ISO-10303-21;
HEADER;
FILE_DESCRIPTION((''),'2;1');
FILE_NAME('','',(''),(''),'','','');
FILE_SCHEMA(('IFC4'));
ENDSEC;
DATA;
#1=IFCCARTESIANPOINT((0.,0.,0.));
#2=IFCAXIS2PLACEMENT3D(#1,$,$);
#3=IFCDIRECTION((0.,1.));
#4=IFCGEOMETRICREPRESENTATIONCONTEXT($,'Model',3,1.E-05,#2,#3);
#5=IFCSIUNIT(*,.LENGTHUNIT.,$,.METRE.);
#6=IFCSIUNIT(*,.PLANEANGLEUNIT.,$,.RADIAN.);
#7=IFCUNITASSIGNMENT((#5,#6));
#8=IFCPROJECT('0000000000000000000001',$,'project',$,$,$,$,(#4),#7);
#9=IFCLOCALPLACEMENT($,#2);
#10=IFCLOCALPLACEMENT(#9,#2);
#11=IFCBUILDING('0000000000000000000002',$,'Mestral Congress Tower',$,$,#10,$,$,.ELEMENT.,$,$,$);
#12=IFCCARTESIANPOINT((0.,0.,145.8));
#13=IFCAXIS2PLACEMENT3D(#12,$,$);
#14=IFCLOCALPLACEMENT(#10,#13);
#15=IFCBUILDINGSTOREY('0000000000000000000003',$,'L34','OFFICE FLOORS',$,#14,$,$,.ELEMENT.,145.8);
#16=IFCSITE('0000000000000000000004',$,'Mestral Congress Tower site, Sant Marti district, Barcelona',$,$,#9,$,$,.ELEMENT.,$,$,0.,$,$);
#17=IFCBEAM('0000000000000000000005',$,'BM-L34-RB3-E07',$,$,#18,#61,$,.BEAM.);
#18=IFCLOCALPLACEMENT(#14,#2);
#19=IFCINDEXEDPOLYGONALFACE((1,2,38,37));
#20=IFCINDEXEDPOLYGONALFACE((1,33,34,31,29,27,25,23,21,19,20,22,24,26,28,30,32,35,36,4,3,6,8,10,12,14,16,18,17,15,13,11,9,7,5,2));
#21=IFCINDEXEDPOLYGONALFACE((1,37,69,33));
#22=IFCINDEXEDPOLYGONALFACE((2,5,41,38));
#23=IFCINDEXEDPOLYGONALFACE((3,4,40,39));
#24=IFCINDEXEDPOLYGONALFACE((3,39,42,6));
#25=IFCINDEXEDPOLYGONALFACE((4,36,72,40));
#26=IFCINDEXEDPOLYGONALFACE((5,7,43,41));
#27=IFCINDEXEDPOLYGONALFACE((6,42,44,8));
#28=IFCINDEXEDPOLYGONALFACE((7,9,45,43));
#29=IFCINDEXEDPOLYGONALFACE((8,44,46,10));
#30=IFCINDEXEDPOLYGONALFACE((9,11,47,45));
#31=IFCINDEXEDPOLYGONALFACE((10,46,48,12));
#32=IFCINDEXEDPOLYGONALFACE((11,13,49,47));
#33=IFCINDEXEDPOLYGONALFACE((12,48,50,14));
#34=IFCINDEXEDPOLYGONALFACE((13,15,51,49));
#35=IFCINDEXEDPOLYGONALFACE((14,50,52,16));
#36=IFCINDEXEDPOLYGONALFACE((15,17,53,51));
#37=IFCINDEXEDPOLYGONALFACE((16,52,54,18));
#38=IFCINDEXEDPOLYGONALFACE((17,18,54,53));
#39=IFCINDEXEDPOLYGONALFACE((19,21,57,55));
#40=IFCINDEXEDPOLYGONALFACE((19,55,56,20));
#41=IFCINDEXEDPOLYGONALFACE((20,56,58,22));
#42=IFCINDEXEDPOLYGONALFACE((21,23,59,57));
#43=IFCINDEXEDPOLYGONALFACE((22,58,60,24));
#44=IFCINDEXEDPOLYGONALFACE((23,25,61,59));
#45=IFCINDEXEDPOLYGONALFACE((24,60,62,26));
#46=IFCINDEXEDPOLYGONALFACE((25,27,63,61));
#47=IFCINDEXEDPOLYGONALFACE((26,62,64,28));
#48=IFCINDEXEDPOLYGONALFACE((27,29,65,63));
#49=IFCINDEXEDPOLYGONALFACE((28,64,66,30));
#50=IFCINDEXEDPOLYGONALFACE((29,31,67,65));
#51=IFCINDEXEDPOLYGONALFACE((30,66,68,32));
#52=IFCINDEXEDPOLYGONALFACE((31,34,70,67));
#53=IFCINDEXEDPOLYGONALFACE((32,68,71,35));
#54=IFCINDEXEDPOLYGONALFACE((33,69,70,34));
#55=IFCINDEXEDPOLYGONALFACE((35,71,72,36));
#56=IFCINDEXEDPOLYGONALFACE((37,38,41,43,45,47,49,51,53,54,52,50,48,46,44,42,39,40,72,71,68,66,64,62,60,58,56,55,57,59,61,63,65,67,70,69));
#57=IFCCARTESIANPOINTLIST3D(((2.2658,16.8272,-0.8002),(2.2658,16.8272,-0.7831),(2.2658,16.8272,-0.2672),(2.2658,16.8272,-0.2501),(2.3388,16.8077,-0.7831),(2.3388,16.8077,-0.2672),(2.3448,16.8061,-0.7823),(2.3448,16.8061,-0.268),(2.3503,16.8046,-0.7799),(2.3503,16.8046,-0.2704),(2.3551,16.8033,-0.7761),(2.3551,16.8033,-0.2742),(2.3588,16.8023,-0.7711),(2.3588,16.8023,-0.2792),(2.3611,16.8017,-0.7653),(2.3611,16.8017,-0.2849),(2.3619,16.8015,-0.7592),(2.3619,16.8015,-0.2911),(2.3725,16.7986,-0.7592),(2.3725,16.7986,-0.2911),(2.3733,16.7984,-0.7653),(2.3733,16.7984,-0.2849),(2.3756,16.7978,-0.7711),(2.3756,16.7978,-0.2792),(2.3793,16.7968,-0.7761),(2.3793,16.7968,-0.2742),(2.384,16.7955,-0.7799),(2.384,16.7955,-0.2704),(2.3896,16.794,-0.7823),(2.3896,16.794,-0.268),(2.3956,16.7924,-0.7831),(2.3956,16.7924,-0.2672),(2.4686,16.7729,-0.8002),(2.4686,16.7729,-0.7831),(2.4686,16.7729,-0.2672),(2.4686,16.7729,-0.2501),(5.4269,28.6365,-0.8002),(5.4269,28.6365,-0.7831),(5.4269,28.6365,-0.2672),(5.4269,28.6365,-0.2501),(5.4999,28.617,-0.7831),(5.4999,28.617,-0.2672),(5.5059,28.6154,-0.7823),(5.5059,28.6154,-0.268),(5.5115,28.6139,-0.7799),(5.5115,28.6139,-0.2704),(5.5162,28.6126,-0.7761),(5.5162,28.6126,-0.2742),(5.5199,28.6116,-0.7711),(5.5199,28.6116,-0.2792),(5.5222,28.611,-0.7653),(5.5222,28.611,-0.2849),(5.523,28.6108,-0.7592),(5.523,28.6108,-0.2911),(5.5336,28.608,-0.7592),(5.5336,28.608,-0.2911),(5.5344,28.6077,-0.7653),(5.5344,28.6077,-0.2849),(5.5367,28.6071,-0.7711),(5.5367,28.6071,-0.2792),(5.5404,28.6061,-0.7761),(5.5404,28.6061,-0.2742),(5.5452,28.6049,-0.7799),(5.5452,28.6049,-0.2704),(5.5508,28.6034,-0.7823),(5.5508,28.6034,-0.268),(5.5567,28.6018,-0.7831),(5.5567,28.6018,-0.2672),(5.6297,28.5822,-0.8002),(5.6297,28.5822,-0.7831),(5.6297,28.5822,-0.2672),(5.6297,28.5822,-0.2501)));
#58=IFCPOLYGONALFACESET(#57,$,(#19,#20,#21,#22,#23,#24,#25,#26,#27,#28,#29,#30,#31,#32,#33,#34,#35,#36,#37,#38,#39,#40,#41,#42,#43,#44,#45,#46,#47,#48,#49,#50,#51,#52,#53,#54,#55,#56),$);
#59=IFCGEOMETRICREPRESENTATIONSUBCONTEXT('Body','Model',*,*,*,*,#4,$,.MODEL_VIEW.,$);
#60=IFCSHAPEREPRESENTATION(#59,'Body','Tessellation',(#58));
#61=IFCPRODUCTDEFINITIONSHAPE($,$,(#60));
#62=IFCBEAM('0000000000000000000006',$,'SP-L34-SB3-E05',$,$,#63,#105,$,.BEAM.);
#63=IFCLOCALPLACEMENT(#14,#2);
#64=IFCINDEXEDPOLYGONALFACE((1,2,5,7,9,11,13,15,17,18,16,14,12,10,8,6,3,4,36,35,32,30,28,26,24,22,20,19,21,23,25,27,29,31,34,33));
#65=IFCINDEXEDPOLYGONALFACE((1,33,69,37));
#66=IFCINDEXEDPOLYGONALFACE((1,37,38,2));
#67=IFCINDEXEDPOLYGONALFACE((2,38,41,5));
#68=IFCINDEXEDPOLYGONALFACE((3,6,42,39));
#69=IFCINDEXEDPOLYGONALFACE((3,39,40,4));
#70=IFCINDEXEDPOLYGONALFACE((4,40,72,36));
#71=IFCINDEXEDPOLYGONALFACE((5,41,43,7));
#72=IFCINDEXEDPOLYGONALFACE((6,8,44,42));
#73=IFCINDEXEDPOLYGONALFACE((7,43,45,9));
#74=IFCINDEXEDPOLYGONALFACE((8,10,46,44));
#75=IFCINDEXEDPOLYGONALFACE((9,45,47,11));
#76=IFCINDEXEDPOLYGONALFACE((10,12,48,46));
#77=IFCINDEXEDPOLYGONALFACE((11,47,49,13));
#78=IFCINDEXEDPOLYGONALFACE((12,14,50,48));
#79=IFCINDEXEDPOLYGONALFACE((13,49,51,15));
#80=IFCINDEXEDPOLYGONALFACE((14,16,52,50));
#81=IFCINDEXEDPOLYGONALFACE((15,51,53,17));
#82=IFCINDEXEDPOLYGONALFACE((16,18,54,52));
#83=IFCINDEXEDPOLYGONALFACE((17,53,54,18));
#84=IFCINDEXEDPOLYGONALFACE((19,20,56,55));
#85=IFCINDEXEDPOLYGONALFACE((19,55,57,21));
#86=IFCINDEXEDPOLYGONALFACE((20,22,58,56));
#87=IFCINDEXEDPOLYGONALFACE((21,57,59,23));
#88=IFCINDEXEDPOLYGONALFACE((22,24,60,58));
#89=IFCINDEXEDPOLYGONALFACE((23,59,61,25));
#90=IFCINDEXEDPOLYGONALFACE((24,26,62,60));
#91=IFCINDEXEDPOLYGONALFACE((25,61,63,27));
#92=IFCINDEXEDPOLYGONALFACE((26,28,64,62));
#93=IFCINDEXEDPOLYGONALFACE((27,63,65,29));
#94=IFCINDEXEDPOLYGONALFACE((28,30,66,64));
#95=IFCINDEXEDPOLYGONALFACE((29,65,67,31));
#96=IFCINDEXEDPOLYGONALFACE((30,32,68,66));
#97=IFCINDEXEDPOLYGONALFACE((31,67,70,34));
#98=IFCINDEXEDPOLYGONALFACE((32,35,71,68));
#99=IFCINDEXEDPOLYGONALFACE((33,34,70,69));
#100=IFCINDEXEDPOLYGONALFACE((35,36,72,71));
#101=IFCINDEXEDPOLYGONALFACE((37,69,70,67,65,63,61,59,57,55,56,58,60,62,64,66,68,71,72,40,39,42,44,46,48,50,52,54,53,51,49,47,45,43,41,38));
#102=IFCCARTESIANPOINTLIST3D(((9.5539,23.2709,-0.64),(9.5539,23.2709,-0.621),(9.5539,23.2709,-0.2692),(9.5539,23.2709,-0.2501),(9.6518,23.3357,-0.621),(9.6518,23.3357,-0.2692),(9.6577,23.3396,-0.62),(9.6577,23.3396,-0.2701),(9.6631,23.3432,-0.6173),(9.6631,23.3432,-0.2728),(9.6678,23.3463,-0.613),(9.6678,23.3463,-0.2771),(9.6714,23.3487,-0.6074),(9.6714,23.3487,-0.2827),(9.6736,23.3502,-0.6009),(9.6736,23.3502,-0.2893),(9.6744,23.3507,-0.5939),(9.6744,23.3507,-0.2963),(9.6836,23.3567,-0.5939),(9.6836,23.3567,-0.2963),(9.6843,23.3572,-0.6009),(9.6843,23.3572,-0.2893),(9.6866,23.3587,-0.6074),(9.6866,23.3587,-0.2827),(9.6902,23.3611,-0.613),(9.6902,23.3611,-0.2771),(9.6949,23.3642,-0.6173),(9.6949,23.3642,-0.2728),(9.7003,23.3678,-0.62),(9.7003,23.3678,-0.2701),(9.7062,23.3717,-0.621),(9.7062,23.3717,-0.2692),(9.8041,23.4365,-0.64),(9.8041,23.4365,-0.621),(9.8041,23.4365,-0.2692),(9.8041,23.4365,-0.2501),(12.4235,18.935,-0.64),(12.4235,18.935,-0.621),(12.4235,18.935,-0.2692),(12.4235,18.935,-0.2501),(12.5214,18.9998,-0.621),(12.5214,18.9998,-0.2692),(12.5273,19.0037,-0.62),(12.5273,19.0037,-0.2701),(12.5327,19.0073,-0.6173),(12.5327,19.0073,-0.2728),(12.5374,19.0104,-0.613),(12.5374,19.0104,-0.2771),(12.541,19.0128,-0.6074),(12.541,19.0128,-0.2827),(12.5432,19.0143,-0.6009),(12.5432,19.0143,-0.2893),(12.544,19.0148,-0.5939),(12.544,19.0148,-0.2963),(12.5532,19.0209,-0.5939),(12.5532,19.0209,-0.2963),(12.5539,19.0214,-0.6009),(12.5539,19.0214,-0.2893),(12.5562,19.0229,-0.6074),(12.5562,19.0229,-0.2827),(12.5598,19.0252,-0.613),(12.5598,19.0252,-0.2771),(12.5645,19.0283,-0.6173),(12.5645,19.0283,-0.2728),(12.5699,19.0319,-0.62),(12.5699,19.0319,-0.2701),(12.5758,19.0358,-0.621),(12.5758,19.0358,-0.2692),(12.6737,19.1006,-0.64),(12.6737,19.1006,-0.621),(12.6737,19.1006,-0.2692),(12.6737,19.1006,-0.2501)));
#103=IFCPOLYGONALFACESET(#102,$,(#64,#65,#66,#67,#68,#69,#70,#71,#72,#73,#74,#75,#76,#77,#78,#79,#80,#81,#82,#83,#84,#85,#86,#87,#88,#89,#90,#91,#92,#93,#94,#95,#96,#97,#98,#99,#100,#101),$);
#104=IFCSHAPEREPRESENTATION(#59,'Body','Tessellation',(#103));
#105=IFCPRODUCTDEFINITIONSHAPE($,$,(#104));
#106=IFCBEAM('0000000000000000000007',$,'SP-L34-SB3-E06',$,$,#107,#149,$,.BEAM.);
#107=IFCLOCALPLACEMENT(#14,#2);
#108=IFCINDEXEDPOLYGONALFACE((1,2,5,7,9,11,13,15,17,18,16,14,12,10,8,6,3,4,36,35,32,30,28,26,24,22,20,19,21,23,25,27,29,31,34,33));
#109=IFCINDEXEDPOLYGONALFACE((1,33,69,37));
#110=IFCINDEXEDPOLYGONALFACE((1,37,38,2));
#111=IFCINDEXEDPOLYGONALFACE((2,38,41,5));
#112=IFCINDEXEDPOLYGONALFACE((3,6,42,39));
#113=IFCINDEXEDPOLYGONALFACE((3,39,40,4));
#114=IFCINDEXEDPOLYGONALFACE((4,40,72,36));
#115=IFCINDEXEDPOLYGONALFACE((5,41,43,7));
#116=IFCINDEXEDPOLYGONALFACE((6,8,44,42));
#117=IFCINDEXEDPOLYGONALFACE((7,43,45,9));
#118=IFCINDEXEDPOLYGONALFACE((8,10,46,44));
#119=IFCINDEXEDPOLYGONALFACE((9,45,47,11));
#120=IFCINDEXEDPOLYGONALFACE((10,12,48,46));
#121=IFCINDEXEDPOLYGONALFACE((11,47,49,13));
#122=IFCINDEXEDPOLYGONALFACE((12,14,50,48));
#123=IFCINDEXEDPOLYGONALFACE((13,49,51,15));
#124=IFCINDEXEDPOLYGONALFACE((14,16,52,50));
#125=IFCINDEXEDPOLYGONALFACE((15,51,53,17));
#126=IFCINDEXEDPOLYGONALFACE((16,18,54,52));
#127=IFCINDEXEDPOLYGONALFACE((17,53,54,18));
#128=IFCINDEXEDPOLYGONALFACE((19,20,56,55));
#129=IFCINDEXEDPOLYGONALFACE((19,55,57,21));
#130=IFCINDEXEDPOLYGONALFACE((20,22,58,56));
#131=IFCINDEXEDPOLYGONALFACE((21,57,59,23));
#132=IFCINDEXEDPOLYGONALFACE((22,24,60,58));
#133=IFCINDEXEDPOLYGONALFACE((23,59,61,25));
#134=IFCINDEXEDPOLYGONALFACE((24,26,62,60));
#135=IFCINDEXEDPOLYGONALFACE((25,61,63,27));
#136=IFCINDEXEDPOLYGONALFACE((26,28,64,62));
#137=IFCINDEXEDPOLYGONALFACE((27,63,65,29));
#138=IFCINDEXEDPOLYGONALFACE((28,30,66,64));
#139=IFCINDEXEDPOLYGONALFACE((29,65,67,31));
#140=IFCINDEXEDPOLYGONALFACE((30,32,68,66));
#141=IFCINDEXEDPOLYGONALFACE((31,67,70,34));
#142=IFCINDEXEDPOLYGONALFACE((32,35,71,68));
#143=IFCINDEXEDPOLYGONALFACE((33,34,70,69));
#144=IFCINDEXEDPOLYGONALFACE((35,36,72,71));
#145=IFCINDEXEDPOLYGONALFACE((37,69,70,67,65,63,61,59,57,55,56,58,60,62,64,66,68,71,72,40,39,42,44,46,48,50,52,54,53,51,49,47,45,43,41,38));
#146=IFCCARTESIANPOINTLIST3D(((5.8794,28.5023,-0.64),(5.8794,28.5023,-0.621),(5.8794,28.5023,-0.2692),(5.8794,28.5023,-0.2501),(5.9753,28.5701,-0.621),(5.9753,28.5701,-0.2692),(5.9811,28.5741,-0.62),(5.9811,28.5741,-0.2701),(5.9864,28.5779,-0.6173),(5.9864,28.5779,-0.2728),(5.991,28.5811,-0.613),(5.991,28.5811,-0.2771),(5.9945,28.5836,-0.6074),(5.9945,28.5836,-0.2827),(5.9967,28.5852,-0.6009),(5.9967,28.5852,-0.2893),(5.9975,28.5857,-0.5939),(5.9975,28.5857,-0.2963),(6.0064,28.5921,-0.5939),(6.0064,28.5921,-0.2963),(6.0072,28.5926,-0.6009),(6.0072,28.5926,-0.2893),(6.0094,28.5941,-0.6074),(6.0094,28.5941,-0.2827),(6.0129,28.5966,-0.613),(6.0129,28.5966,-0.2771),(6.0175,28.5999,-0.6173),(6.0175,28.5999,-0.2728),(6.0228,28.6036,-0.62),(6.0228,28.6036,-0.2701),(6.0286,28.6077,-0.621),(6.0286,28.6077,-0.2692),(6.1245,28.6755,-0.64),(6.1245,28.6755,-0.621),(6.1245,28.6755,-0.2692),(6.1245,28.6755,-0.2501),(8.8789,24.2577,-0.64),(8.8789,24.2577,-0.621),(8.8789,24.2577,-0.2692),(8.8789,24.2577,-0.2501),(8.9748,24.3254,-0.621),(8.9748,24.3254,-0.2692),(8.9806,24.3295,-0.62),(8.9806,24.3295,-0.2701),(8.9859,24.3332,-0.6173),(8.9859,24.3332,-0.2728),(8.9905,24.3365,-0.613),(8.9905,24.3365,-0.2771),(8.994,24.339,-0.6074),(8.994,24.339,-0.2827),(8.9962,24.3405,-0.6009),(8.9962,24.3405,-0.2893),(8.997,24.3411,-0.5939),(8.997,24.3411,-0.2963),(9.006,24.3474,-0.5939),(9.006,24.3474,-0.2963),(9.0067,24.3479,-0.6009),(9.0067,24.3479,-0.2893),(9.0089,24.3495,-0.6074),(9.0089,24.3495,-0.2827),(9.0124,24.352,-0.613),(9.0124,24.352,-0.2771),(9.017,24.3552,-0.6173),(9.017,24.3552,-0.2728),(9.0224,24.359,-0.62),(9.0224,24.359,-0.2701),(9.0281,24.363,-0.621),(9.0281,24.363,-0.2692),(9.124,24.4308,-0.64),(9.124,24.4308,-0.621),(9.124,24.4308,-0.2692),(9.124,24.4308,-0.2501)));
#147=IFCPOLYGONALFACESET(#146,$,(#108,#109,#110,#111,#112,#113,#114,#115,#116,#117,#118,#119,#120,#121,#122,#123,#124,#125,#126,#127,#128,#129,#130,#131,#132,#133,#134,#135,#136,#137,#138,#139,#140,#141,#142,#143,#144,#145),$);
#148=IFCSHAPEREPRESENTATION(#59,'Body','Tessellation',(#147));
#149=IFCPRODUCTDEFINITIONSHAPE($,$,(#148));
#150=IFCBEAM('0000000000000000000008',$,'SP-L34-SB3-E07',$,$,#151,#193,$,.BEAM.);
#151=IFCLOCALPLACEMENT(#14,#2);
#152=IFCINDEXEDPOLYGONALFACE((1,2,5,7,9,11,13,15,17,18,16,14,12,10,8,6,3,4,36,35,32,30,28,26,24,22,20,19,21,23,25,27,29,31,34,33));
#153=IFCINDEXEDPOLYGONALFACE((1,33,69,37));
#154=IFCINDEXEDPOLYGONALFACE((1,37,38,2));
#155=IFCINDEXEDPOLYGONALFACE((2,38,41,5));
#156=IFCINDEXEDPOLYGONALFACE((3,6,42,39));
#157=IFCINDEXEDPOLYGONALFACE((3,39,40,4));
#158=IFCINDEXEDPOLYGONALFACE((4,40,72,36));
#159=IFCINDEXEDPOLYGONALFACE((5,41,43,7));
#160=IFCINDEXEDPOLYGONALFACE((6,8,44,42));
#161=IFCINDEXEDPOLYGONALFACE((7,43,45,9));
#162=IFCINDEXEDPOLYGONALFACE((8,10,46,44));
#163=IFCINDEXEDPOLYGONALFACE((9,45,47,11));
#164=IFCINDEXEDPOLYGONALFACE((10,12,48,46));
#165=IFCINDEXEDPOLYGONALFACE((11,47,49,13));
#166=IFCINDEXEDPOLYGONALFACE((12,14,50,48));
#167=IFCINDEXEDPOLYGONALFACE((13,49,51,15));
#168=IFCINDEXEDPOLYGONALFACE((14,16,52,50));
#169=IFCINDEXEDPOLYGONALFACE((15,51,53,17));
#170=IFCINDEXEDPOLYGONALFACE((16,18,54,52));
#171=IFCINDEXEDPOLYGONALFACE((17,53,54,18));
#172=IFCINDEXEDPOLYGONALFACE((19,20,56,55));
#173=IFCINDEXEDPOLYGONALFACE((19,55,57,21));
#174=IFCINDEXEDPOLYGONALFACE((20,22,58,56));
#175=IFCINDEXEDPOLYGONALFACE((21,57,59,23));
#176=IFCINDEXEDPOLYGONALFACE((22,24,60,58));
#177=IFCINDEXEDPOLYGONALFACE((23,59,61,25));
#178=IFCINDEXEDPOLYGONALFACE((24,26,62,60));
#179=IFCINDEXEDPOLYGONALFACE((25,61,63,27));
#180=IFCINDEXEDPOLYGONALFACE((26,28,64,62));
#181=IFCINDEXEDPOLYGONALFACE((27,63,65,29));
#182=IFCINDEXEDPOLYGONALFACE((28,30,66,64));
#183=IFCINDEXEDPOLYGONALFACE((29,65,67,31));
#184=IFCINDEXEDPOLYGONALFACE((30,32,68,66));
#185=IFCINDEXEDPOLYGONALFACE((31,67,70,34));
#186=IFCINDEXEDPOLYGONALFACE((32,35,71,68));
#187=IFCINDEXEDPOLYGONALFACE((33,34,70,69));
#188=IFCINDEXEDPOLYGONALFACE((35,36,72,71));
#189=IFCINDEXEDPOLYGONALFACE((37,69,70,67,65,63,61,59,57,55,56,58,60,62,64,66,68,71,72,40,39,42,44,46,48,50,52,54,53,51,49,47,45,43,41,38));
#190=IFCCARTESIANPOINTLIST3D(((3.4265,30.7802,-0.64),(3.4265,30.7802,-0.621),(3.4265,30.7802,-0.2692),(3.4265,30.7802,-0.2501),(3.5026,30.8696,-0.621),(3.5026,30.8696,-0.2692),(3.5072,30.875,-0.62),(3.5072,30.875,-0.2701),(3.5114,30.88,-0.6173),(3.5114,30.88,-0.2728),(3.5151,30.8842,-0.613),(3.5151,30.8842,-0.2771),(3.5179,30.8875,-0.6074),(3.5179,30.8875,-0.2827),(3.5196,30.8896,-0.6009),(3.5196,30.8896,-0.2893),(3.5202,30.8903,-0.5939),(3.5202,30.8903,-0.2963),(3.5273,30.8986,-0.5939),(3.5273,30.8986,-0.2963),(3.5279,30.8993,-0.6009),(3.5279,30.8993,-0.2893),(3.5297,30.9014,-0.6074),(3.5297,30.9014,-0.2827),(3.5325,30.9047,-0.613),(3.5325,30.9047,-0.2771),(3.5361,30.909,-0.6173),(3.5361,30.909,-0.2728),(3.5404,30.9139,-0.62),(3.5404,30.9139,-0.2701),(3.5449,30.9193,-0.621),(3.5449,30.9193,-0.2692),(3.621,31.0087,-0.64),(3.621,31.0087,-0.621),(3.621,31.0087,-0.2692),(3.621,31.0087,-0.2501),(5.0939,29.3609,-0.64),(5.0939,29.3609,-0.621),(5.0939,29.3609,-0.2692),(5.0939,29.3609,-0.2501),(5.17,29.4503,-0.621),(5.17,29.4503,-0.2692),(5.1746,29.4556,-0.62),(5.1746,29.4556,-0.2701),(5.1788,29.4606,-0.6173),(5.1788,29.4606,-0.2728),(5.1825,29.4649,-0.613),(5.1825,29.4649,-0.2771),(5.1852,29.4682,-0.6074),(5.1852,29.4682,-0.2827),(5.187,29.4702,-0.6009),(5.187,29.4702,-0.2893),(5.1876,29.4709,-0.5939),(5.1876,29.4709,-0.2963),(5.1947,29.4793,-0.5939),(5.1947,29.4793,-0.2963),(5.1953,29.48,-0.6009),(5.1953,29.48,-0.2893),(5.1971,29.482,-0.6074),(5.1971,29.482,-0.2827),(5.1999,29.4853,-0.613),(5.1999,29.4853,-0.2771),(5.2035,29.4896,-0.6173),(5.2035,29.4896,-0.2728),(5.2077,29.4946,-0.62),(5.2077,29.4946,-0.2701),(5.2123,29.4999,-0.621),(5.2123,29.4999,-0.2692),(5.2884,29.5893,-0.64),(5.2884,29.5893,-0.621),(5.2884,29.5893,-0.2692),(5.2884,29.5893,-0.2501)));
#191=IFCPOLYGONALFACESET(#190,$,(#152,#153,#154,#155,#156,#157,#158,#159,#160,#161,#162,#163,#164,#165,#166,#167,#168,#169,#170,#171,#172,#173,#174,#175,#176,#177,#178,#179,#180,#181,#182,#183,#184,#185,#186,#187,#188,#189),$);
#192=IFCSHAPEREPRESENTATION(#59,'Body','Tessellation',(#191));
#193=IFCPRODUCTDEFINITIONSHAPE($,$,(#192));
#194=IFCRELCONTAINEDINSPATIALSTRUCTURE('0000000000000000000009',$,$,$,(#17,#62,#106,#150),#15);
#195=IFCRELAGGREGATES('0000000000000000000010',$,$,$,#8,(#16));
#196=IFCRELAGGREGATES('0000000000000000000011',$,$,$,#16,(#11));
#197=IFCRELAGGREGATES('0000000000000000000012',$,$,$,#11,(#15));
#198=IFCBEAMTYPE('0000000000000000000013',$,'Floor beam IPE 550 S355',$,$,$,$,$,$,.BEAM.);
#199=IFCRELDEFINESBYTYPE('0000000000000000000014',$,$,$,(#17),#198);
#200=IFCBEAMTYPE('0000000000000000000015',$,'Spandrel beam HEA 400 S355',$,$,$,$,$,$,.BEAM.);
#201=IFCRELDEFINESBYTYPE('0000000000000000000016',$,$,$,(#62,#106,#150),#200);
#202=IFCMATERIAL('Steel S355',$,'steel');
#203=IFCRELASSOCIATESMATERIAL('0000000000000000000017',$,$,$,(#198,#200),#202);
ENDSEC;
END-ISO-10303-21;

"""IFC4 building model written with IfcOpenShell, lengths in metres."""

from ifc_helpers import new_model, si_unit, direction, frame, origin, origin_2d, place, context, subcontext, project, spatial, i_section, extrude, material, material_profile, profile_set, type_object, element, save


model = new_model("IFC4")

# Units and contexts
model_context = context("Model", 3, precision=1e-05, world=origin(), true_north=direction((0.0, 1.0)))
body_context = subcontext(model_context, "Body", "Model", "MODEL_VIEW")
ifc_project = project(units=[si_unit("LENGTHUNIT", "METRE"), si_unit("PLANEANGLEUNIT", "RADIAN")], contexts=[model_context])

# Site, building, storey
site_placement = place(None, origin())
site = spatial("IfcSite", under=ifc_project, at=site_placement, Name="Mestral Congress Tower site, Sant Marti district, Barcelona", CompositionType="ELEMENT", RefElevation=0.0)
building_placement = place(site_placement, origin())
building = spatial("IfcBuilding", under=site, at=building_placement, Name="Mestral Congress Tower", CompositionType="ELEMENT")
storey_placement = place(building_placement, frame((0.0, 0.0, 145.8)))
storey = spatial("IfcBuildingStorey", under=building, at=storey_placement, Name="L34", Description="OFFICE FLOORS", CompositionType="ELEMENT", Elevation=145.8)

# Beams
ifc_material_1 = material(Name="Steel S355", Category="steel")
ifc_material_profile_1 = material_profile(ifc_material_1, i_section(OverallWidth=0.21, OverallDepth=0.55, WebThickness=0.011, FlangeThickness=0.0171, FilletRadius=0.0239, at=origin_2d()), Name="IPE 550")
ifc_profile_set_1 = profile_set([ifc_material_profile_1], Name="Steel S355")
beam_type_1 = type_object("IfcBeamType", Name="Floor beam IPE 550 S355", PredefinedType="BEAM", material=ifc_profile_set_1)
beam_1_placement = place(storey_placement, frame((5.5283, 28.6094, -0.5251), z_axis=(-0.258577, -0.965991, 0.0), x_axis=(0.965991, -0.258577, 0.0)))
element("IfcBeam", 1, at=beam_1_placement, inside=storey, type_object=beam_type_1, Name="BM-L34-RB3-E07", PredefinedType="BEAM", context=body_context, shape_type="SweptSolid", body=[
    extrude(i_section(OverallWidth=0.21, OverallDepth=0.55, WebThickness=0.011, FlangeThickness=0.0171, FilletRadius=0.0239, at=origin_2d()), origin(), (0.0, 0.0, 1.0), 12.2251),
])
ifc_material_profile_2 = material_profile(ifc_material_1, i_section(OverallWidth=0.3, OverallDepth=0.3899, WebThickness=0.011, FlangeThickness=0.019, FilletRadius=0.0271, at=origin_2d()), Name="HEA 400")
ifc_profile_set_2 = profile_set([ifc_material_profile_2], Name="Steel S355")
beam_type_2 = type_object("IfcBeamType", Name="Spandrel beam HEA 400 S355", PredefinedType="BEAM", material=ifc_profile_set_2)
beam_2_placement = place(storey_placement, frame((12.5486, 19.0178, -0.4451), z_axis=(-0.551901, 0.833909, 0.0), x_axis=(-0.833909, -0.551901, 0.0)))
element("IfcBeam", 2, at=beam_2_placement, inside=storey, type_object=beam_type_2, Name="SP-L34-SB3-E05", PredefinedType="BEAM", context=body_context, shape_type="SweptSolid", body=[
    extrude(i_section(OverallWidth=0.3, OverallDepth=0.3899, WebThickness=0.011, FlangeThickness=0.019, FilletRadius=0.0271, at=origin_2d()), origin(), (0.0, 0.0, 1.0), 5.1995),
])
beam_3_placement = place(storey_placement, frame((9.0015, 24.3442, -0.4451), z_axis=(-0.577107, 0.816668, 0.0), x_axis=(-0.816668, -0.577107, 0.0)))
element("IfcBeam", 3, at=beam_3_placement, inside=storey, type_object=beam_type_2, Name="SP-L34-SB3-E06", PredefinedType="BEAM", context=body_context, shape_type="SweptSolid", body=[
    extrude(i_section(OverallWidth=0.3, OverallDepth=0.3899, WebThickness=0.011, FlangeThickness=0.019, FilletRadius=0.0271, at=origin_2d()), origin(), (0.0, 0.0, 1.0), 5.1975),
])
beam_4_placement = place(storey_placement, frame((5.1912, 29.4751, -0.4451), z_axis=(-0.761471, 0.648198, 0.0), x_axis=(-0.648198, -0.761471, 0.0)))
element("IfcBeam", 4, at=beam_4_placement, inside=storey, type_object=beam_type_2, Name="SP-L34-SB3-E07", PredefinedType="BEAM", context=body_context, shape_type="SweptSolid", body=[
    extrude(i_section(OverallWidth=0.3, OverallDepth=0.3899, WebThickness=0.011, FlangeThickness=0.019, FilletRadius=0.0271, at=origin_2d()), origin(), (0.0, 0.0, 1.0), 2.1897),
])

save(model, "model.ifc")
